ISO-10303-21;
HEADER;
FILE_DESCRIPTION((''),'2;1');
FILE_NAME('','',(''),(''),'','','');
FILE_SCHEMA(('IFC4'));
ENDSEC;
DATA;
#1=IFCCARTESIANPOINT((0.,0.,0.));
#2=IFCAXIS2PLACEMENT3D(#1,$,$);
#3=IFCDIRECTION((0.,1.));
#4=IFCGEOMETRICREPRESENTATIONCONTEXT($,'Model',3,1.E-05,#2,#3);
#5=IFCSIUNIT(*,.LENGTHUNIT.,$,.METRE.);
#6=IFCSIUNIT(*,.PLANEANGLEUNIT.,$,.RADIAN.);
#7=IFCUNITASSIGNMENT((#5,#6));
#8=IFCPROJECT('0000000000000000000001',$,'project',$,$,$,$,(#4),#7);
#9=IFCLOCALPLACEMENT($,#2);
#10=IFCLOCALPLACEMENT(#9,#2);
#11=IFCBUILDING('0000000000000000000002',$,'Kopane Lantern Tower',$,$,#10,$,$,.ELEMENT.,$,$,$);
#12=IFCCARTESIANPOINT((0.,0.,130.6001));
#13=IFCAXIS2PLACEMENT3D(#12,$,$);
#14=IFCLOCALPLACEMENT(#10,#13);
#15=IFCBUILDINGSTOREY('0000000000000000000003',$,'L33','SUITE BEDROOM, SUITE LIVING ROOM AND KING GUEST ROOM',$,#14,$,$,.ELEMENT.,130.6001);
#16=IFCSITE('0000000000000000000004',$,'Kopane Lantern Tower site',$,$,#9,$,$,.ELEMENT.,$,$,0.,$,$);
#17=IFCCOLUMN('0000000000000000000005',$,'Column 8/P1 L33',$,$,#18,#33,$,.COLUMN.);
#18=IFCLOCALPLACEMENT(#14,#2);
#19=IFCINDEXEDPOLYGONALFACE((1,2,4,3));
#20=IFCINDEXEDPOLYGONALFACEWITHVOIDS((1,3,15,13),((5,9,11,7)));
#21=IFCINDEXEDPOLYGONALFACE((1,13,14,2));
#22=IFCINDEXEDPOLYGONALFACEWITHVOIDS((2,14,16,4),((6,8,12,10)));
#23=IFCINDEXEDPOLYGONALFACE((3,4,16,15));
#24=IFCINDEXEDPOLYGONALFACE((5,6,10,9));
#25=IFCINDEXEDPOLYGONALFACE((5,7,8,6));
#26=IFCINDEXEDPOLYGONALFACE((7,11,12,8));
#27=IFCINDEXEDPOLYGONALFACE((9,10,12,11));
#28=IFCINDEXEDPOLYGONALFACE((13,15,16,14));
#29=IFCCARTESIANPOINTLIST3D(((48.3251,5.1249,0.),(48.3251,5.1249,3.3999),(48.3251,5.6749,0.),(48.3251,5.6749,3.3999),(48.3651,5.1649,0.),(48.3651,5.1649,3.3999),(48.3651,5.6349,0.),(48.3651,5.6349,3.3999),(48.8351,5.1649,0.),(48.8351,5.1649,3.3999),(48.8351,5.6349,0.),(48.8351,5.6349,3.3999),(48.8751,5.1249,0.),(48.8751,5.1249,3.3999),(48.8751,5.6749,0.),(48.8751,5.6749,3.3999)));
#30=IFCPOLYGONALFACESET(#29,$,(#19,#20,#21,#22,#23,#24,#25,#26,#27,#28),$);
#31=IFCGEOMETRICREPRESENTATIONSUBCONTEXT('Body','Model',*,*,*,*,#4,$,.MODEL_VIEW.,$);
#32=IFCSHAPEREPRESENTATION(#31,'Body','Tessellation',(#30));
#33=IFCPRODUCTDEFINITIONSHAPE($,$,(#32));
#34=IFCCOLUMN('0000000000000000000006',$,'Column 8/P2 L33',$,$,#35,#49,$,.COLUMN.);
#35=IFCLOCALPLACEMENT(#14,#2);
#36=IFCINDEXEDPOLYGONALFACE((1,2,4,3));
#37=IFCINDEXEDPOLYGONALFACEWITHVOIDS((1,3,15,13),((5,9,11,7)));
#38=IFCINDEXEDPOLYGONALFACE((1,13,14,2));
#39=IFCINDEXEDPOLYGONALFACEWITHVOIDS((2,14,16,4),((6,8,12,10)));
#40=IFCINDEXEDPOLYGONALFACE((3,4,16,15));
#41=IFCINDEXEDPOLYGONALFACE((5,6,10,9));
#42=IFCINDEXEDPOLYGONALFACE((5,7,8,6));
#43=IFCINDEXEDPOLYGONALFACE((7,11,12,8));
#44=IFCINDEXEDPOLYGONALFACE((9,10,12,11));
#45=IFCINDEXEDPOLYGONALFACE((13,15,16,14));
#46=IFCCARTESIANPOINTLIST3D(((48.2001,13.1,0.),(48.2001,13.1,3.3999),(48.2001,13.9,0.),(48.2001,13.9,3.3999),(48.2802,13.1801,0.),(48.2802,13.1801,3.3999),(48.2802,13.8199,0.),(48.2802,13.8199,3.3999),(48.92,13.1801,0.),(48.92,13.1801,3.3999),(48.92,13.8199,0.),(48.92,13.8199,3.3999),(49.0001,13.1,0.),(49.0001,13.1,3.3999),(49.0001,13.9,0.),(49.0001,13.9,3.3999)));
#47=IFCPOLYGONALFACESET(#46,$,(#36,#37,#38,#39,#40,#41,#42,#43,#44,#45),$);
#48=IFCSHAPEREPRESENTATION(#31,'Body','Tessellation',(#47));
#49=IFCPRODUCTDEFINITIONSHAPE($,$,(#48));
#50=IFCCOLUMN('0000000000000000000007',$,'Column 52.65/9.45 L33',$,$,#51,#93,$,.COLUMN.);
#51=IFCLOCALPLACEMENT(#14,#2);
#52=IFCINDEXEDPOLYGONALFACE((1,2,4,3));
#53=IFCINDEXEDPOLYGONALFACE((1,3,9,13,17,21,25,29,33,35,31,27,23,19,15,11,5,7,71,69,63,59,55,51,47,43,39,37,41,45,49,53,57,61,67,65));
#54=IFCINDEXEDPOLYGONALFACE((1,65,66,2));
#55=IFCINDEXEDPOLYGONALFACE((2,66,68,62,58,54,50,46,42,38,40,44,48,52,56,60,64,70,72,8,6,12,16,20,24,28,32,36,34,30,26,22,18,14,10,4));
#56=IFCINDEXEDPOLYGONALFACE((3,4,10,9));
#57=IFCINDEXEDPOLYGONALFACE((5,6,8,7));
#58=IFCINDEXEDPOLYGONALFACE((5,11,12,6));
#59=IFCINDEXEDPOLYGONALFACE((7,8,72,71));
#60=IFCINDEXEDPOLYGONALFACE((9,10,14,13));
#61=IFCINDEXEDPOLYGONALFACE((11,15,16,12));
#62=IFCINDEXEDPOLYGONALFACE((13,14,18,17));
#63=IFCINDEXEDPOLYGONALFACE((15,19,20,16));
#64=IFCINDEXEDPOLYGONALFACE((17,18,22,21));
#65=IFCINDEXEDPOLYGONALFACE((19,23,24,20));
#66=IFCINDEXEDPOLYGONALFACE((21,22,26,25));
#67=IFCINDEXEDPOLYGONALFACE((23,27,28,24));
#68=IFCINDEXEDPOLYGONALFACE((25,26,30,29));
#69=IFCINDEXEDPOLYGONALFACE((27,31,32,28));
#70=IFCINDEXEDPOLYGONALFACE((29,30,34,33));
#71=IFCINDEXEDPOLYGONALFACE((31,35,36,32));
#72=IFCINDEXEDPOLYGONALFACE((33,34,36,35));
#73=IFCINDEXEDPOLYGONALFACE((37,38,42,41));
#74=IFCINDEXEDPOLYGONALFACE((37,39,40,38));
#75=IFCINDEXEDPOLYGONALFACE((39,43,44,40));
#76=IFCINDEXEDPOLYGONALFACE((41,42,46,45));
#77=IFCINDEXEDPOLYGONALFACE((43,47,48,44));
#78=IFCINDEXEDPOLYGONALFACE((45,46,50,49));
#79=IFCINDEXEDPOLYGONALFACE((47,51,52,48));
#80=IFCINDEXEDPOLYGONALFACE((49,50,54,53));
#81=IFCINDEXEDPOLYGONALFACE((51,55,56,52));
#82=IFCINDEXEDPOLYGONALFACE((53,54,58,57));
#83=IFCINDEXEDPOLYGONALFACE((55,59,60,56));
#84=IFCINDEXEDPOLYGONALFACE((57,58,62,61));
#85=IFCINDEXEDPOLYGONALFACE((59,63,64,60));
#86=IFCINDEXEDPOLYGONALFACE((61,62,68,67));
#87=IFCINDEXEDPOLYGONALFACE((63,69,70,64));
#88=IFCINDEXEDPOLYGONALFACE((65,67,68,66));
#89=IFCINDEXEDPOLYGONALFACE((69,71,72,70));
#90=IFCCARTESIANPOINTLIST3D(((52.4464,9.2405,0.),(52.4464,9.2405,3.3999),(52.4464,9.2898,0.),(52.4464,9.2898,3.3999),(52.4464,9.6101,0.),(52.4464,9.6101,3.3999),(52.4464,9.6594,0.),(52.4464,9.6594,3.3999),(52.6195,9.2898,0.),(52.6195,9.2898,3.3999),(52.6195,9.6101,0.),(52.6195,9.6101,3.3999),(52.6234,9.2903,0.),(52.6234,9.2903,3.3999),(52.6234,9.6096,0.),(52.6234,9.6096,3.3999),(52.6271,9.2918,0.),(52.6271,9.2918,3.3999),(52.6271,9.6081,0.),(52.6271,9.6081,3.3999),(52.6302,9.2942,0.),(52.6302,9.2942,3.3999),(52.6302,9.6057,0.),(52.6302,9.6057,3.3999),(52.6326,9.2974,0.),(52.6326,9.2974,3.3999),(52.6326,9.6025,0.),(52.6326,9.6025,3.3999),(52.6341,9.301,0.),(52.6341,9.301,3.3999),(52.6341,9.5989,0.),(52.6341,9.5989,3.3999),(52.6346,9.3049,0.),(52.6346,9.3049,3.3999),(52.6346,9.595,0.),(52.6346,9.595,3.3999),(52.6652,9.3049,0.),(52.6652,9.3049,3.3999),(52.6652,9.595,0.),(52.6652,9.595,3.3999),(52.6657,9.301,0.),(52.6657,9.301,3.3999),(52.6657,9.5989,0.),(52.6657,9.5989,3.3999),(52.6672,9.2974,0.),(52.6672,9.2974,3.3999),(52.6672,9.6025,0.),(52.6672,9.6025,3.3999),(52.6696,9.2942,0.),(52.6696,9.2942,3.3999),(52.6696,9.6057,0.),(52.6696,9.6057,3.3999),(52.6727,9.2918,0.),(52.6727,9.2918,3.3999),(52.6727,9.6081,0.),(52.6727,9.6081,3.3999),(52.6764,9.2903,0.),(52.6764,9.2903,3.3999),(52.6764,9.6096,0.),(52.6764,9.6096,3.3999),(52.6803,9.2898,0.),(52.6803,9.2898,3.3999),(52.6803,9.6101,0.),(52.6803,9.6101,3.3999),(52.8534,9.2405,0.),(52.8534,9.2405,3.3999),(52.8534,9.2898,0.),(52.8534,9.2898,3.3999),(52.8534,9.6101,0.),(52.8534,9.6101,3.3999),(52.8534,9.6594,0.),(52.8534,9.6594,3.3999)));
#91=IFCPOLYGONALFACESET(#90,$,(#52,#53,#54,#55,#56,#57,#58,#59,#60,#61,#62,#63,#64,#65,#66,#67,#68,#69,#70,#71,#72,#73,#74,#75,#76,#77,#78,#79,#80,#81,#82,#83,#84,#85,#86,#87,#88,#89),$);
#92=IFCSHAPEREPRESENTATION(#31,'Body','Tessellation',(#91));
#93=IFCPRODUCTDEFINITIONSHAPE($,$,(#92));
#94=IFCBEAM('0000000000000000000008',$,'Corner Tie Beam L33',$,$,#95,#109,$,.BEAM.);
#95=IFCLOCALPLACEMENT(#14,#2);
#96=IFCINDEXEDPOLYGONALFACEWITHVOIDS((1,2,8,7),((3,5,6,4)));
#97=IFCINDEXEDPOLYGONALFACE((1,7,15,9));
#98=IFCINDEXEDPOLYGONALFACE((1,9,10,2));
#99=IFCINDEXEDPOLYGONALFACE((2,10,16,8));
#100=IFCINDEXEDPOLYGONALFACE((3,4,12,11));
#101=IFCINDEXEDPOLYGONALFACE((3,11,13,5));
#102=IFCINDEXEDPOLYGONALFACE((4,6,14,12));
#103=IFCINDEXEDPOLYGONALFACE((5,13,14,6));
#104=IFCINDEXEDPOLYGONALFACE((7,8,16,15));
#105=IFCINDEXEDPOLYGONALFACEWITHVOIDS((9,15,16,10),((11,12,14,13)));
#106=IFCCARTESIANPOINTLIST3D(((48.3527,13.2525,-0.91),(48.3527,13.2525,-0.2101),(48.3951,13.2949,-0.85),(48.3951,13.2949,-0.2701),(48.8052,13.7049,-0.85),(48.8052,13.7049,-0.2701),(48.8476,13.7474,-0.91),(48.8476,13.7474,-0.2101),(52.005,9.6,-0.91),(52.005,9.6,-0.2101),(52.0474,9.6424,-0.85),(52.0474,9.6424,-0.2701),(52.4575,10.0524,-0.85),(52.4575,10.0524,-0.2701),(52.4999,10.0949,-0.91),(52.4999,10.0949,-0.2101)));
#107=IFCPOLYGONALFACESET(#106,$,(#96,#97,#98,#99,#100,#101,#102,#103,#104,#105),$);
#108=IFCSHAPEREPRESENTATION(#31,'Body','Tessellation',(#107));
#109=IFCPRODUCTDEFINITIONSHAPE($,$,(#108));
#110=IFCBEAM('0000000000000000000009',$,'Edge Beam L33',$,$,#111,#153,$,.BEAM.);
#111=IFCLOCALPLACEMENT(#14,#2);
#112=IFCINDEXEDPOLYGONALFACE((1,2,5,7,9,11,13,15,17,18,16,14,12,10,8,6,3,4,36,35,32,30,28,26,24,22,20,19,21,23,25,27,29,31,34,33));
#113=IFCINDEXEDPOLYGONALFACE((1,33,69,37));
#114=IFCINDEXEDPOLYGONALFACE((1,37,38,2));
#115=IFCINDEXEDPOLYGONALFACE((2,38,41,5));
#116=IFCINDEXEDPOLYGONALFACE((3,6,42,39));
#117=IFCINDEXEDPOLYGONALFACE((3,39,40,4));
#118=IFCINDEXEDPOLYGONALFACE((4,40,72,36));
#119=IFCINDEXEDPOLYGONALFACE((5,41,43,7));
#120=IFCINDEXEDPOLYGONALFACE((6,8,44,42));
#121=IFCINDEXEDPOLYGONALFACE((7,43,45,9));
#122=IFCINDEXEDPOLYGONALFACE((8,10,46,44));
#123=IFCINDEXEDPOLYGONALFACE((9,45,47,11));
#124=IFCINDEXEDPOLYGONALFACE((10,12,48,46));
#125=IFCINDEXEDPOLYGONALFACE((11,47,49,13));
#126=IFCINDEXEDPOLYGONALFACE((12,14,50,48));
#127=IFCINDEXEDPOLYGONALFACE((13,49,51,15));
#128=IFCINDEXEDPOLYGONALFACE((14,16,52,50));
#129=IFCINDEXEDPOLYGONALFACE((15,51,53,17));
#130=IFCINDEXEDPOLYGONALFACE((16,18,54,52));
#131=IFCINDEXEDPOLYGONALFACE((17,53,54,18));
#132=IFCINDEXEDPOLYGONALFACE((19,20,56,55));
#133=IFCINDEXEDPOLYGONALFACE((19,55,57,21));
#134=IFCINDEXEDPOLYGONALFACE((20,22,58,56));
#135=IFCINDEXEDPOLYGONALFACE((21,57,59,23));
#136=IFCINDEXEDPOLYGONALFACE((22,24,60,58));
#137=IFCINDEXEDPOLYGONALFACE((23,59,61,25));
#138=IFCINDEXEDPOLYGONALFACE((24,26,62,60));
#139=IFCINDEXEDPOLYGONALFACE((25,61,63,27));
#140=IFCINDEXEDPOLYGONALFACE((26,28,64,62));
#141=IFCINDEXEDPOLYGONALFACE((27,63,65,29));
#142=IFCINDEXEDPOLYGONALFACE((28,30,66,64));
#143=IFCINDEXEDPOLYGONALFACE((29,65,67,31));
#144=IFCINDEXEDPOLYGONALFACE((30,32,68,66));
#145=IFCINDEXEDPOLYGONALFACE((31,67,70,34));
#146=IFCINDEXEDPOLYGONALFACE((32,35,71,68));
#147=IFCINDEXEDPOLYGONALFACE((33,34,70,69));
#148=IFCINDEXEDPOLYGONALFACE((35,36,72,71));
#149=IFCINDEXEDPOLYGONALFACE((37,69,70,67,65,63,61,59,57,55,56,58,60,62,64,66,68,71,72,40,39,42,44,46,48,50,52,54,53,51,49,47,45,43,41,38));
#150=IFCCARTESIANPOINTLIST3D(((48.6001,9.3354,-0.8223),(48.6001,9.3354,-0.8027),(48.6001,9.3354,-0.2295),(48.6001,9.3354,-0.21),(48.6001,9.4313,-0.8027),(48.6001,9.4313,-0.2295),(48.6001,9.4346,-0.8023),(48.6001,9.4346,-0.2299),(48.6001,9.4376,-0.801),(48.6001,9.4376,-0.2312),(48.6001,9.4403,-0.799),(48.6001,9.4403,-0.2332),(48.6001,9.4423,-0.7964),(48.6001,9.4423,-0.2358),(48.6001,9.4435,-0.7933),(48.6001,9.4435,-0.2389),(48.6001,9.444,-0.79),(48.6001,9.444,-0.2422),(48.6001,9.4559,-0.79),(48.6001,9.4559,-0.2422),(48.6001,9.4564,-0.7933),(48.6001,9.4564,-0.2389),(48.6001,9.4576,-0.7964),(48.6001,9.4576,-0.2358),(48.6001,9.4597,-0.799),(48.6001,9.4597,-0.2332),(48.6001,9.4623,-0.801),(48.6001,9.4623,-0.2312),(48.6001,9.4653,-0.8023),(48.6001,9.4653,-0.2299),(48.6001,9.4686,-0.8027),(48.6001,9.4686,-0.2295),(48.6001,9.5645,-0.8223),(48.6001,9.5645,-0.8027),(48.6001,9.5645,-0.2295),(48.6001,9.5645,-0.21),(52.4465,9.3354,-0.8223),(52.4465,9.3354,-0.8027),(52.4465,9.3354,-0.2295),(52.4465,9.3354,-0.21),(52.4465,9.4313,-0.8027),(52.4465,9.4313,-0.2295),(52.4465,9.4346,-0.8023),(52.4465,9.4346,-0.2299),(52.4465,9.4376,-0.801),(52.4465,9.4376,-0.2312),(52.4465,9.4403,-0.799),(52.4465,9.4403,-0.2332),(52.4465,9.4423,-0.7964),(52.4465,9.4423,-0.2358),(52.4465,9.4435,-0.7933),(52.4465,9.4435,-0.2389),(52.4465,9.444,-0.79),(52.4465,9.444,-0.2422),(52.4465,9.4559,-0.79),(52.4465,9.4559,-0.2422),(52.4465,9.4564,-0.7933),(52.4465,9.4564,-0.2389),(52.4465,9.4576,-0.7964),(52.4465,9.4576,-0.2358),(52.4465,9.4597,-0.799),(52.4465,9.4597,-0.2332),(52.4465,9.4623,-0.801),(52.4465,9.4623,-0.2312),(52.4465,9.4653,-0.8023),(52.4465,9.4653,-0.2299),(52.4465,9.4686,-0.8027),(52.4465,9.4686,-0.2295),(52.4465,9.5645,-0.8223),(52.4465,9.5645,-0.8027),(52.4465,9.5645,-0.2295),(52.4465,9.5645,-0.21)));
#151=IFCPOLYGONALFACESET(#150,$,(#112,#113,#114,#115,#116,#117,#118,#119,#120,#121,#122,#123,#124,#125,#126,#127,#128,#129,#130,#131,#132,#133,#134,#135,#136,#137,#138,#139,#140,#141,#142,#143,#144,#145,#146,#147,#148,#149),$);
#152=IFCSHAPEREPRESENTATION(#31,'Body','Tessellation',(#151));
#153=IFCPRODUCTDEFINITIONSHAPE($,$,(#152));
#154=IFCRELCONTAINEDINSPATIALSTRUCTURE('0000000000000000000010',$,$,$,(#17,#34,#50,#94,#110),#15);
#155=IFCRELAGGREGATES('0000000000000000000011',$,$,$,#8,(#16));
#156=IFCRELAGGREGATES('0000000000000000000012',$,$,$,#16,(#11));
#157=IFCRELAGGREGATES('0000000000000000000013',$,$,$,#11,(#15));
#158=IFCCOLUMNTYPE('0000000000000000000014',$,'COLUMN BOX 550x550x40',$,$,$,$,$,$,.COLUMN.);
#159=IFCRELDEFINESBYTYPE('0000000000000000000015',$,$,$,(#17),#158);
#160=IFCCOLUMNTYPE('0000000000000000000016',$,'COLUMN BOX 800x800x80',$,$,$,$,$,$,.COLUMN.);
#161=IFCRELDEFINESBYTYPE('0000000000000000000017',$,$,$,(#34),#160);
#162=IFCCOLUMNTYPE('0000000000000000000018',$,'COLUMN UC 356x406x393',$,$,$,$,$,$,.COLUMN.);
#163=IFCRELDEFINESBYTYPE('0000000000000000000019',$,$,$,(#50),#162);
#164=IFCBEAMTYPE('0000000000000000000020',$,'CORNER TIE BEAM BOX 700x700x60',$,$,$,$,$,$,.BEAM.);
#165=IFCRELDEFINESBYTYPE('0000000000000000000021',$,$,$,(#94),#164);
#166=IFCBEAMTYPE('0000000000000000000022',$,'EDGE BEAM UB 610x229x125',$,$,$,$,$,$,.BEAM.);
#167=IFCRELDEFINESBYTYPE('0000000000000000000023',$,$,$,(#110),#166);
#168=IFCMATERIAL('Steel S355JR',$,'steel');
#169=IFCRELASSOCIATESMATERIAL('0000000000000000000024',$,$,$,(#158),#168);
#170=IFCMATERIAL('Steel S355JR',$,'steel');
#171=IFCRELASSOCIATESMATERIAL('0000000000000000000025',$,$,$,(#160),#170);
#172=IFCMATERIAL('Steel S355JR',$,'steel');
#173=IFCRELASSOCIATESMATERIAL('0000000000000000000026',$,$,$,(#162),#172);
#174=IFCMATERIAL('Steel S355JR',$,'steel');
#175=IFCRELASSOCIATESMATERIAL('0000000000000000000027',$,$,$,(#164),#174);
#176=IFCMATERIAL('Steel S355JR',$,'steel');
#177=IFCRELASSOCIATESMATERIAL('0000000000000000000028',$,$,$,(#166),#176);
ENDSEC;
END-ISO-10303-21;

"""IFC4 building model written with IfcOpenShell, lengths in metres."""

from ifc_helpers import new_model, si_unit, direction, frame, origin, origin_2d, place, context, subcontext, project, spatial, hollow_rectangle, i_section, extrude, material, material_profile, profile_set, type_object, element, save


model = new_model("IFC4")

# Units and contexts
model_context = context("Model", 3, precision=1e-05, world=origin(), true_north=direction((0.0, 1.0)))
body_context = subcontext(model_context, "Body", "Model", "MODEL_VIEW")
ifc_project = project(units=[si_unit("LENGTHUNIT", "METRE"), si_unit("PLANEANGLEUNIT", "RADIAN")], contexts=[model_context])

# Site, building, storey
site_placement = place(None, origin())
site = spatial("IfcSite", under=ifc_project, at=site_placement, Name="Kopane Lantern Tower site", CompositionType="ELEMENT", RefElevation=0.0)
building_placement = place(site_placement, origin())
building = spatial("IfcBuilding", under=site, at=building_placement, Name="Kopane Lantern Tower", CompositionType="ELEMENT")
storey_placement = place(building_placement, frame((0.0, 0.0, 130.6001)))
storey = spatial("IfcBuildingStorey", under=building, at=storey_placement, Name="L33", Description="SUITE BEDROOM, SUITE LIVING ROOM AND KING GUEST ROOM", CompositionType="ELEMENT", Elevation=130.6001)

# Columns
ifc_material_1 = material(Name="Steel S355JR", Category="steel")
ifc_material_profile_1 = material_profile(ifc_material_1, hollow_rectangle(XDim=0.55, YDim=0.55, WallThickness=0.04, at=origin_2d()), Name="BOX 550x550x40")
ifc_profile_set_1 = profile_set([ifc_material_profile_1], Name="Steel S355JR")
column_type_1 = type_object("IfcColumnType", Name="COLUMN BOX 550x550x40", PredefinedType="COLUMN", material=ifc_profile_set_1)
column_1_placement = place(storey_placement, frame((48.6001, 5.3999, 0.0), z_axis=(0.0, 0.0, 1.0), x_axis=(1.0, 0.0, 0.0)))
element("IfcColumn", 1, at=column_1_placement, inside=storey, type_object=column_type_1, Name="Column 8/P1 L33", PredefinedType="COLUMN", context=body_context, shape_type="SweptSolid", body=[
    extrude(hollow_rectangle(XDim=0.55, YDim=0.55, WallThickness=0.04, at=origin_2d()), origin(), (0.0, 0.0, 1.0), 3.3999),
])
ifc_material_2 = material(Name="Steel S355JR", Category="steel")
ifc_material_profile_2 = material_profile(ifc_material_2, hollow_rectangle(XDim=0.8, YDim=0.8, WallThickness=0.0801, at=origin_2d()), Name="BOX 800x800x80")
ifc_profile_set_2 = profile_set([ifc_material_profile_2], Name="Steel S355JR")
column_type_2 = type_object("IfcColumnType", Name="COLUMN BOX 800x800x80", PredefinedType="COLUMN", material=ifc_profile_set_2)
column_2_placement = place(storey_placement, frame((48.6001, 13.5, 0.0), z_axis=(0.0, 0.0, 1.0), x_axis=(1.0, 0.0, 0.0)))
element("IfcColumn", 2, at=column_2_placement, inside=storey, type_object=column_type_2, Name="Column 8/P2 L33", PredefinedType="COLUMN", context=body_context, shape_type="SweptSolid", body=[
    extrude(hollow_rectangle(XDim=0.8, YDim=0.8, WallThickness=0.0801, at=origin_2d()), origin(), (0.0, 0.0, 1.0), 3.3999),
])
ifc_material_3 = material(Name="Steel S355JR", Category="steel")
ifc_material_profile_3 = material_profile(ifc_material_3, i_section(OverallWidth=0.407, OverallDepth=0.4189, WebThickness=0.0305, FlangeThickness=0.0493, FilletRadius=0.0151, at=origin_2d()), Name="UC 356x406x393")
ifc_profile_set_3 = profile_set([ifc_material_profile_3], Name="Steel S355JR")
column_type_3 = type_object("IfcColumnType", Name="COLUMN UC 356x406x393", PredefinedType="COLUMN", material=ifc_profile_set_3)
column_3_placement = place(storey_placement, frame((52.6499, 9.45, 0.0), z_axis=(0.0, 0.0, 1.0), x_axis=(1.0, 0.0, 0.0)))
element("IfcColumn", 3, at=column_3_placement, inside=storey, type_object=column_type_3, Name="Column 52.65/9.45 L33", PredefinedType="COLUMN", context=body_context, shape_type="SweptSolid", body=[
    extrude(i_section(OverallWidth=0.407, OverallDepth=0.4189, WebThickness=0.0305, FlangeThickness=0.0493, FilletRadius=0.0151, at=origin_2d()), origin(), (0.0, 0.0, 1.0), 3.3999),
])

# Beams
ifc_material_4 = material(Name="Steel S355JR", Category="steel")
ifc_material_profile_4 = material_profile(ifc_material_4, hollow_rectangle(XDim=0.7, YDim=0.7, WallThickness=0.0601, at=origin_2d()), Name="BOX 700x700x60")
ifc_profile_set_4 = profile_set([ifc_material_profile_4], Name="Steel S355JR")
beam_type_1 = type_object("IfcBeamType", Name="CORNER TIE BEAM BOX 700x700x60", PredefinedType="BEAM", material=ifc_profile_set_4)
beam_placement = place(storey_placement, frame((52.2524, 9.8474, -0.5601), z_axis=(-0.707083, 0.70713, 0.0), x_axis=(-0.70713, -0.707083, 0.0)))
element("IfcBeam", 4, at=beam_placement, inside=storey, type_object=beam_type_1, Name="Corner Tie Beam L33", PredefinedType="BEAM", context=body_context, shape_type="SweptSolid", body=[
    extrude(hollow_rectangle(XDim=0.7, YDim=0.7, WallThickness=0.0601, at=origin_2d()), origin(), (0.0, 0.0, 1.0), 5.1653),
])
ifc_material_5 = material(Name="Steel S355JR", Category="steel")
ifc_material_profile_5 = material_profile(ifc_material_5, i_section(OverallWidth=0.229, OverallDepth=0.6123, WebThickness=0.012, FlangeThickness=0.0195, FilletRadius=0.0127, at=origin_2d()), Name="UB 610x229x125")
ifc_profile_set_5 = profile_set([ifc_material_profile_5], Name="Steel S355JR")
beam_type_2 = type_object("IfcBeamType", Name="EDGE BEAM UB 610x229x125", PredefinedType="BEAM", material=ifc_profile_set_5)
for number, where, z_axis, x_axis, name in (
    (5, (52.4465, 9.45, -0.5161), (-1.0, 0.0, 0.0), (0.0, -1.0, 0.0), "Edge Beam L33"),
):
    element("IfcBeam", number, at=place(storey_placement, frame(where, z_axis=z_axis, x_axis=x_axis)), inside=storey, type_object=beam_type_2, Name=name, PredefinedType="BEAM", context=body_context, shape_type="SweptSolid", body=[
        extrude(i_section(OverallWidth=0.229, OverallDepth=0.6123, WebThickness=0.012, FlangeThickness=0.0195, FilletRadius=0.0127, at=origin_2d()), origin(), (0.0, 0.0, 1.0), 3.8464),
    ])

save(model, "model.ifc")
